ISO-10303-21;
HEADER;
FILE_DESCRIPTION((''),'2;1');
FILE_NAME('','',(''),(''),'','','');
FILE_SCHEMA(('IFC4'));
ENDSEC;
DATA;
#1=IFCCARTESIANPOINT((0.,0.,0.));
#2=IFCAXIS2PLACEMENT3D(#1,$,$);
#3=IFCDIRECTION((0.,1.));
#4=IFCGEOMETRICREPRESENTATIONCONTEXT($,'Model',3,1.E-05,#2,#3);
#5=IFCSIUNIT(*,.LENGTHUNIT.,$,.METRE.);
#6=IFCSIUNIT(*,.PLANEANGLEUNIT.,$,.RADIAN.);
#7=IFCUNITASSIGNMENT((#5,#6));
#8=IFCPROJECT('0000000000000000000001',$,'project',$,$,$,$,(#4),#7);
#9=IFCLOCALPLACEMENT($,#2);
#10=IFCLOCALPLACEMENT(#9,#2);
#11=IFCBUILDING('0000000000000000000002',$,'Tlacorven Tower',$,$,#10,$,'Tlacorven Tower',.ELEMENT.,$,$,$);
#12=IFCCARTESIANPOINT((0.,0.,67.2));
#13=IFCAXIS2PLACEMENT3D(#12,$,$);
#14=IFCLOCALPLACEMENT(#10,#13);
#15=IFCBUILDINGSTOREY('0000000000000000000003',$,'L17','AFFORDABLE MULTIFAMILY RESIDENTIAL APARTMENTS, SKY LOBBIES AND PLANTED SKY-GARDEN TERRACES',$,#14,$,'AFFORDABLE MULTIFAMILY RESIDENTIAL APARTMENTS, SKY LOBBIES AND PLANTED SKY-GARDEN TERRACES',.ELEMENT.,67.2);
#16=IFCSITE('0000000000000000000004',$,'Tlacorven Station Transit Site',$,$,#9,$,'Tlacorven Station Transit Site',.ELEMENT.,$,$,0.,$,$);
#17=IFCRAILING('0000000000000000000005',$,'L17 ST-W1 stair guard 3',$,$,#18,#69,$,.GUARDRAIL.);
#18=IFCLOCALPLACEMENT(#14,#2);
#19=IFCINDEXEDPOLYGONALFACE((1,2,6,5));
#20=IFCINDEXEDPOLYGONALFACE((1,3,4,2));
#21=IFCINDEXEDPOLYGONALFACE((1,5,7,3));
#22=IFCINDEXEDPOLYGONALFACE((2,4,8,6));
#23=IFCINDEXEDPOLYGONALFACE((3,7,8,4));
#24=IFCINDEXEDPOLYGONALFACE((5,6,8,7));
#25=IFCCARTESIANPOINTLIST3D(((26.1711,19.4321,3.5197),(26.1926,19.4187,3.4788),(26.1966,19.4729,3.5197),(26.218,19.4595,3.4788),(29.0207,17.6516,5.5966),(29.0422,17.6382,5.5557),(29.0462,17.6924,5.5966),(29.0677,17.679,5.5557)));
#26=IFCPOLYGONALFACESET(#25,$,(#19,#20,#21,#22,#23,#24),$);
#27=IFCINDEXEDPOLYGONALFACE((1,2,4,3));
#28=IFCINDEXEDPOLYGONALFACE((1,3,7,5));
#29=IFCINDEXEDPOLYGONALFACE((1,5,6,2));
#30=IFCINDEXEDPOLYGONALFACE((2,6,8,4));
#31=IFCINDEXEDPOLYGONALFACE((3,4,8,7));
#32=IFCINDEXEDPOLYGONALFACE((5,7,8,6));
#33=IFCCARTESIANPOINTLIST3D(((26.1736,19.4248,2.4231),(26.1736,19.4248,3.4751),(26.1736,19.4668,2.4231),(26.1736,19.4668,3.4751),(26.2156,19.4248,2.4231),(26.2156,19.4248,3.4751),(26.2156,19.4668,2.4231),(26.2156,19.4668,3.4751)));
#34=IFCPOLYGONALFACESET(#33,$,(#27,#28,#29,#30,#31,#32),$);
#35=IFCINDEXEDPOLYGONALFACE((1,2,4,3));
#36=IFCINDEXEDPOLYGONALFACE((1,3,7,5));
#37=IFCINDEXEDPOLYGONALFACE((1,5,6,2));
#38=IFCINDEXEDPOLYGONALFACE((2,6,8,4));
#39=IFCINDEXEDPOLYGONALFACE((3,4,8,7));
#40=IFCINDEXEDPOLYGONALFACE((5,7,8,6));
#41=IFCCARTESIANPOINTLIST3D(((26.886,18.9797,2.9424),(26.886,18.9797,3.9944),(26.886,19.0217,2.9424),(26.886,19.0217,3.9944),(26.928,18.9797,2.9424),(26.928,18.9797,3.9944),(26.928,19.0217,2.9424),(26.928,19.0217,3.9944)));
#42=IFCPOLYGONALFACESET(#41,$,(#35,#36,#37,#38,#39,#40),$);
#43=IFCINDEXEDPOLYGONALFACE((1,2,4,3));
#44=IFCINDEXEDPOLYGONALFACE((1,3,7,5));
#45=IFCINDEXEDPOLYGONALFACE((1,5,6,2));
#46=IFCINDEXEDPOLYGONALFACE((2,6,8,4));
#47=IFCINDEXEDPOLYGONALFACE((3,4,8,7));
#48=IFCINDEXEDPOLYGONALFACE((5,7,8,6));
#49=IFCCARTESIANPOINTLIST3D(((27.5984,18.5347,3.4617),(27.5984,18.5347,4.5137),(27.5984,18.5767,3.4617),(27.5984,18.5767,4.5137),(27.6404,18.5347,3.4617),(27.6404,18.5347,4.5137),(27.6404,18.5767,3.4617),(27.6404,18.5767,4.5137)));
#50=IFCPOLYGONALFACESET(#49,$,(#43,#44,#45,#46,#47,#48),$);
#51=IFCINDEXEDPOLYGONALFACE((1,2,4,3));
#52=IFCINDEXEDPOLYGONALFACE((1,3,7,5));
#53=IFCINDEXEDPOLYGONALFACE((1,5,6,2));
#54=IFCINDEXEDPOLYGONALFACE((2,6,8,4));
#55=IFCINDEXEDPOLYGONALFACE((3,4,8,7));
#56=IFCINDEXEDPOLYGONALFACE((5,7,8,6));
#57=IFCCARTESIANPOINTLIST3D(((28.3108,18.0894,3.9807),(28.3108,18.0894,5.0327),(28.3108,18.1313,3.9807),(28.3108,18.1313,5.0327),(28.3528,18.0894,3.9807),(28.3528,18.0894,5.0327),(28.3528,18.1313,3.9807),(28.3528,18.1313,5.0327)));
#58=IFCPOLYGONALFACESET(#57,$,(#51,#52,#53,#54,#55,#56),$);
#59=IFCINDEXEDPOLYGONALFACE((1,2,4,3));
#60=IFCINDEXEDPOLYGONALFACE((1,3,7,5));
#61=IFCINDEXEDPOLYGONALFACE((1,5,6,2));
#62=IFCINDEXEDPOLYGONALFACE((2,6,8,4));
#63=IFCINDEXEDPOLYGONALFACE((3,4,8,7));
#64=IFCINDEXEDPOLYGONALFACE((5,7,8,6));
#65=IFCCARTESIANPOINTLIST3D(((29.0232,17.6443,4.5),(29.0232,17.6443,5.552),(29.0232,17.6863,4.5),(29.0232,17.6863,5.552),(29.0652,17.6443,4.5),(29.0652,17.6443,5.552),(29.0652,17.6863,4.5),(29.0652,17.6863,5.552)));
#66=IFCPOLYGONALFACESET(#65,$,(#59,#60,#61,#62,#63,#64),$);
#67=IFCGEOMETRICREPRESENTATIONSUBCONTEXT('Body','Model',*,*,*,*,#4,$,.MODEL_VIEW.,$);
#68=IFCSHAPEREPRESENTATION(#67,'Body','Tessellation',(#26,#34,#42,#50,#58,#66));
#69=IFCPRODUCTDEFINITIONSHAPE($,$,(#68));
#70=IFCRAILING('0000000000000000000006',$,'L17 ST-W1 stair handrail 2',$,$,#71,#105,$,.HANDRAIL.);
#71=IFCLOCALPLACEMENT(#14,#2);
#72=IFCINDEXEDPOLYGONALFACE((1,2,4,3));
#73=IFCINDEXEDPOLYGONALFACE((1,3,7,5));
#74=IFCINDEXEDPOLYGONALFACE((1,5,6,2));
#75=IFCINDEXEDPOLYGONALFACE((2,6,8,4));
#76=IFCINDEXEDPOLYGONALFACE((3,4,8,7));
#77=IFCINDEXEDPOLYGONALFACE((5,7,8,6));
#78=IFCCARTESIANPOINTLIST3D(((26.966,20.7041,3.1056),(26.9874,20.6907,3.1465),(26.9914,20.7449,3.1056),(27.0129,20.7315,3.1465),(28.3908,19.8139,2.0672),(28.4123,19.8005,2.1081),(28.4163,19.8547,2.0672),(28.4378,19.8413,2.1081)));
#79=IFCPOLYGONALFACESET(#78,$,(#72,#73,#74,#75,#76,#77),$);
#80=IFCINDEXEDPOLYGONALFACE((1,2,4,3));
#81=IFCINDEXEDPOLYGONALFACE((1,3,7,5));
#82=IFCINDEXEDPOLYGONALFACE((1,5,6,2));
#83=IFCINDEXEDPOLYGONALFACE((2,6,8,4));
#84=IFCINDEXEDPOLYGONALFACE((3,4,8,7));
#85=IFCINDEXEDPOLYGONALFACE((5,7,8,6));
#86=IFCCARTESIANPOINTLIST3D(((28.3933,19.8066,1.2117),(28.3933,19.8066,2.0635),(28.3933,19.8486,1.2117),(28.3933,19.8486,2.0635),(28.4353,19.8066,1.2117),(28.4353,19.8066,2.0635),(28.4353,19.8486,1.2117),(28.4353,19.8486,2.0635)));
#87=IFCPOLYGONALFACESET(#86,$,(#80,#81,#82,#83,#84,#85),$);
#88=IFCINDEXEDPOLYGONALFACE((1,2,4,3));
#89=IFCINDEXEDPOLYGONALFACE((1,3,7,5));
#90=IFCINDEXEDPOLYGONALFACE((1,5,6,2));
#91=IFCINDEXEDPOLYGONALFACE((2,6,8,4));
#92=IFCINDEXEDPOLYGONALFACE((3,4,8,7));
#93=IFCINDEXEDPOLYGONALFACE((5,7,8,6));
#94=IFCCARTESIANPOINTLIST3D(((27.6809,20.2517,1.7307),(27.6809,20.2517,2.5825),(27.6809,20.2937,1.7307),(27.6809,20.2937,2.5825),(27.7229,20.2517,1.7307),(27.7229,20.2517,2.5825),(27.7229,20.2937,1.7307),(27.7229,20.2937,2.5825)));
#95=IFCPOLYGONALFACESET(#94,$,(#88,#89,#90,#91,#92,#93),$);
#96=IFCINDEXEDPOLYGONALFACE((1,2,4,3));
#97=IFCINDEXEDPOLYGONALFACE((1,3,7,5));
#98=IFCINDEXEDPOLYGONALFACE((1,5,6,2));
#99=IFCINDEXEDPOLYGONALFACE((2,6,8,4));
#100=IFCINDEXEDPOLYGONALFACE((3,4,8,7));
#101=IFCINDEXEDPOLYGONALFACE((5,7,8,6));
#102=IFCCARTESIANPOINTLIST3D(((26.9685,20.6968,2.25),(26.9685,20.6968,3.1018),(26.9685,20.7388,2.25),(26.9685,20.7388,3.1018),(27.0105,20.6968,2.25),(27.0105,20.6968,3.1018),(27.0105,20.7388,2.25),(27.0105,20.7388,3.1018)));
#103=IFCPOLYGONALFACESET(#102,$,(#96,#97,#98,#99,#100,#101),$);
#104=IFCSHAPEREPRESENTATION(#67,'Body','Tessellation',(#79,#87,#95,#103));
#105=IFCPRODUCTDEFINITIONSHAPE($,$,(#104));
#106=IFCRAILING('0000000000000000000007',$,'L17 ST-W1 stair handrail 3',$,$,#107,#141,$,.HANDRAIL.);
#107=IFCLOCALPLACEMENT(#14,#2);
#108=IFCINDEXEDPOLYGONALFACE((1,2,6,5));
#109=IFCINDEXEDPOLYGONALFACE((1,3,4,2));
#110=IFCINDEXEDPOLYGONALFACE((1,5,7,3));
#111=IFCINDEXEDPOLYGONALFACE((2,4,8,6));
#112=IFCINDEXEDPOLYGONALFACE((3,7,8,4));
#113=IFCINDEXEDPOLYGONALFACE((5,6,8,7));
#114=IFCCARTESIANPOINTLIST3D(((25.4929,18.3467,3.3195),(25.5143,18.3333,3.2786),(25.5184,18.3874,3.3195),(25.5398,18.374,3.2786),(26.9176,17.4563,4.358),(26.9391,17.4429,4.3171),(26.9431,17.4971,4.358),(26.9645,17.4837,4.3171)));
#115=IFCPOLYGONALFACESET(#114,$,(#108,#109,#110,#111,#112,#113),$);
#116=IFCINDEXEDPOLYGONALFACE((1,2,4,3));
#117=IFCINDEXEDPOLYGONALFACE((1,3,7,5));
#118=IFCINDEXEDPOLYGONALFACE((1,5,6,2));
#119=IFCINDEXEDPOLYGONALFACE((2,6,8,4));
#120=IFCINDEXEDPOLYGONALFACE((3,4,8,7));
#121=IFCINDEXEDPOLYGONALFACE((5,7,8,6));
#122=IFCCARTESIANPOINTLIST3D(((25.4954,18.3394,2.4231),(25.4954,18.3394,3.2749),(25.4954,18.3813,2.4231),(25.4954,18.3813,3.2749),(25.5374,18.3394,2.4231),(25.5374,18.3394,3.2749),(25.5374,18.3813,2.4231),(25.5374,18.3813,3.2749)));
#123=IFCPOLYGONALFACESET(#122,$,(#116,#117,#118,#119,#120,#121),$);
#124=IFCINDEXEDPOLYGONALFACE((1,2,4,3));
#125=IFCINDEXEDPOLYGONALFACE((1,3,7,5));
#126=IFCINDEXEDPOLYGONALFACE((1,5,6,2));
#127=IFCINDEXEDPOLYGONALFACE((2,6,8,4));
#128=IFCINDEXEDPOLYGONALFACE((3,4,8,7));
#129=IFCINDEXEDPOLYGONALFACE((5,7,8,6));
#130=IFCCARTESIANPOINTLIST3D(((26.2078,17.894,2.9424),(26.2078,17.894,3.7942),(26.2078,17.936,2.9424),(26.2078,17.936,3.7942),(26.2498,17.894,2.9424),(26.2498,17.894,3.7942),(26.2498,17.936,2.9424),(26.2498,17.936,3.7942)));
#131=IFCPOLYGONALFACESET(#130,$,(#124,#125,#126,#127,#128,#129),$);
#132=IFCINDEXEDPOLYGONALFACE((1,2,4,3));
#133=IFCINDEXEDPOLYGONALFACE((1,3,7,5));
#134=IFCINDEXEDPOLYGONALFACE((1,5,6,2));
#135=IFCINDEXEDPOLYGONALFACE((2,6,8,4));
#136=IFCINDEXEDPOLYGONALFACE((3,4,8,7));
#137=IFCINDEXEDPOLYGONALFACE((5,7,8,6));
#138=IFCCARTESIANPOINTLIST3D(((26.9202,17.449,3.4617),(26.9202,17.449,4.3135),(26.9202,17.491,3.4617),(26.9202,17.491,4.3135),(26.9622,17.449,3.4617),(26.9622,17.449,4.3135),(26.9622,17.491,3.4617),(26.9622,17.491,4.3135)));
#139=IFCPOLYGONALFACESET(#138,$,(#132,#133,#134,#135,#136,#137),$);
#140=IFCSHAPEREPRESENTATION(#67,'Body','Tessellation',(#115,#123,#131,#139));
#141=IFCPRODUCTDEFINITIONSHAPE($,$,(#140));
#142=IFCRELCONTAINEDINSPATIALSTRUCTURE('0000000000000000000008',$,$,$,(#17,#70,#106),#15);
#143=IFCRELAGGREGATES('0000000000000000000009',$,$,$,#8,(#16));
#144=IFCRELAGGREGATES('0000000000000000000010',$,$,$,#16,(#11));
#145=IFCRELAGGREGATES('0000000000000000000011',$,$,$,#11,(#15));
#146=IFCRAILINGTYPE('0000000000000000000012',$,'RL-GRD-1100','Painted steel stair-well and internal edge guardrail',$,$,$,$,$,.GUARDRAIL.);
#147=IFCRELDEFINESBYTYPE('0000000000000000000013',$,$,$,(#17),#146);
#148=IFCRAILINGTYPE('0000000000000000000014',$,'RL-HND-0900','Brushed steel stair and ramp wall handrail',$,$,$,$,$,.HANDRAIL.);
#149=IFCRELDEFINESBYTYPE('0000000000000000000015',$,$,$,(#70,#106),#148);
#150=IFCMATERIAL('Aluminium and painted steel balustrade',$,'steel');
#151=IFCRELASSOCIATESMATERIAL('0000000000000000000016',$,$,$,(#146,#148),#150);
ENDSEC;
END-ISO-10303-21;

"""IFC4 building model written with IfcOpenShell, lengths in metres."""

from ifc_helpers import new_model, si_unit, direction, frame, origin, origin_2d, place, context, subcontext, project, spatial, rectangle, extrude, source, transform, mapped, material, type_object, element, save


model = new_model("IFC4")

# Units and contexts
model_context = context("Model", 3, precision=1e-05, world=origin(), true_north=direction((0.0, 1.0)))
body_context = subcontext(model_context, "Body", "Model", "MODEL_VIEW")
ifc_project = project(units=[si_unit("LENGTHUNIT", "METRE"), si_unit("PLANEANGLEUNIT", "RADIAN")], contexts=[model_context])

# Site, building, storey
site_placement = place(None, origin())
site = spatial("IfcSite", under=ifc_project, at=site_placement, Name="Tlacorven Station Transit Site", LongName="Tlacorven Station Transit Site", CompositionType="ELEMENT", RefElevation=0.0)
building_placement = place(site_placement, origin())
building = spatial("IfcBuilding", under=site, at=building_placement, Name="Tlacorven Tower", LongName="Tlacorven Tower", CompositionType="ELEMENT")
storey_placement = place(building_placement, frame((0.0, 0.0, 67.2)))
storey = spatial("IfcBuildingStorey", under=building, at=storey_placement, Name="L17", Description="AFFORDABLE MULTIFAMILY RESIDENTIAL APARTMENTS, SKY LOBBIES AND PLANTED SKY-GARDEN TERRACES", LongName="AFFORDABLE MULTIFAMILY RESIDENTIAL APARTMENTS, SKY LOBBIES AND PLANTED SKY-GARDEN TERRACES", CompositionType="ELEMENT", Elevation=67.2)

# Railings
ifc_material_1 = material(Name="Aluminium and painted steel balustrade", Category="steel")
railing_type_1 = type_object("IfcRailingType", Name="RL-GRD-1100", Description="Painted steel stair-well and internal edge guardrail", PredefinedType="GUARDRAIL", material=ifc_material_1)
shared_shape_1 = source(origin(), body_context, "Body", "SweptSolid", [
    extrude(rectangle(XDim=0.0481, YDim=0.0481, at=origin_2d()), frame((0.0, 0.0, 1.0762), z_axis=(0.721384, -0.450742, 0.525772), x_axis=(0.529894, 0.848064, 0.0)), (0.0, 0.0, 1.0), 3.9502),
    extrude(rectangle(XDim=0.042, YDim=0.042, at=origin_2d()), origin(), (0.0, 0.0, 1.0), 1.052),
    extrude(rectangle(XDim=0.042, YDim=0.042, at=origin_2d()), frame((0.7124, -0.4451, 0.5193)), (0.0, 0.0, 1.0), 1.052),
    extrude(rectangle(XDim=0.042, YDim=0.042, at=origin_2d()), frame((1.4248, -0.8901, 1.0386)), (0.0, 0.0, 1.0), 1.052),
    extrude(rectangle(XDim=0.042, YDim=0.042, at=origin_2d()), frame((2.1372, -1.3354, 1.5576)), (0.0, 0.0, 1.0), 1.052),
    extrude(rectangle(XDim=0.042, YDim=0.042, at=origin_2d()), frame((2.8496, -1.7805, 2.0769)), (0.0, 0.0, 1.0), 1.052),
])
railing_1_placement = place(storey_placement, frame((26.1946, 19.4458, 2.4231)))
element("IfcRailing", 1, at=railing_1_placement, inside=storey, type_object=railing_type_1, Name="L17 ST-W1 stair guard 3", PredefinedType="GUARDRAIL", context=body_context, shape_type="MappedRepresentation", body=[
    mapped(shared_shape_1, transform((0.0, 0.0, 0.0), scale=1.0)),
])
railing_type_2 = type_object("IfcRailingType", Name="RL-HND-0900", Description="Brushed steel stair and ramp wall handrail", PredefinedType="HANDRAIL", material=ifc_material_1)
shared_shape_2 = source(origin(), body_context, "Body", "SweptSolid", [
    extrude(rectangle(XDim=0.0481, YDim=0.0481, at=origin_2d()), frame((0.0, 0.0, 0.876), z_axis=(-0.721428, 0.450707, 0.525742), x_axis=(-0.529842, -0.848096, 0.0)), (0.0, 0.0, 1.0), 1.9751),
    extrude(rectangle(XDim=0.042, YDim=0.042, at=origin_2d()), origin(), (0.0, 0.0, 1.0), 0.8518),
    extrude(rectangle(XDim=0.042, YDim=0.042, at=origin_2d()), frame((-0.7124, 0.4451, 0.519)), (0.0, 0.0, 1.0), 0.8518),
    extrude(rectangle(XDim=0.042, YDim=0.042, at=origin_2d()), frame((-1.4248, 0.8901, 1.0383)), (0.0, 0.0, 1.0), 0.8518),
])
railing_2_placement = place(storey_placement, frame((28.4143, 19.8276, 1.2117)))
element("IfcRailing", 2, at=railing_2_placement, inside=storey, type_object=railing_type_2, Name="L17 ST-W1 stair handrail 2", PredefinedType="HANDRAIL", context=body_context, shape_type="MappedRepresentation", body=[
    mapped(shared_shape_2, transform((0.0, 0.0, 0.0), scale=1.0)),
])
shared_shape_3 = source(origin(), body_context, "Body", "SweptSolid", [
    extrude(rectangle(XDim=0.0481, YDim=0.0481, at=origin_2d()), frame((0.0, 0.0, 0.876), z_axis=(0.721341, -0.450776, 0.525803), x_axis=(0.529947, 0.848031, 0.0)), (0.0, 0.0, 1.0), 1.9751),
    extrude(rectangle(XDim=0.042, YDim=0.042, at=origin_2d()), origin(), (0.0, 0.0, 1.0), 0.8518),
    extrude(rectangle(XDim=0.042, YDim=0.042, at=origin_2d()), frame((0.7124, -0.4453, 0.5193)), (0.0, 0.0, 1.0), 0.8518),
    extrude(rectangle(XDim=0.042, YDim=0.042, at=origin_2d()), frame((1.4248, -0.8904, 1.0386)), (0.0, 0.0, 1.0), 0.8518),
])
railing_3_placement = place(storey_placement, frame((25.5164, 18.3604, 2.4231)))
element("IfcRailing", 3, at=railing_3_placement, inside=storey, type_object=railing_type_2, Name="L17 ST-W1 stair handrail 3", PredefinedType="HANDRAIL", context=body_context, shape_type="MappedRepresentation", body=[
    mapped(shared_shape_3, transform((0.0, 0.0, 0.0), scale=1.0)),
])

save(model, "model.ifc")
